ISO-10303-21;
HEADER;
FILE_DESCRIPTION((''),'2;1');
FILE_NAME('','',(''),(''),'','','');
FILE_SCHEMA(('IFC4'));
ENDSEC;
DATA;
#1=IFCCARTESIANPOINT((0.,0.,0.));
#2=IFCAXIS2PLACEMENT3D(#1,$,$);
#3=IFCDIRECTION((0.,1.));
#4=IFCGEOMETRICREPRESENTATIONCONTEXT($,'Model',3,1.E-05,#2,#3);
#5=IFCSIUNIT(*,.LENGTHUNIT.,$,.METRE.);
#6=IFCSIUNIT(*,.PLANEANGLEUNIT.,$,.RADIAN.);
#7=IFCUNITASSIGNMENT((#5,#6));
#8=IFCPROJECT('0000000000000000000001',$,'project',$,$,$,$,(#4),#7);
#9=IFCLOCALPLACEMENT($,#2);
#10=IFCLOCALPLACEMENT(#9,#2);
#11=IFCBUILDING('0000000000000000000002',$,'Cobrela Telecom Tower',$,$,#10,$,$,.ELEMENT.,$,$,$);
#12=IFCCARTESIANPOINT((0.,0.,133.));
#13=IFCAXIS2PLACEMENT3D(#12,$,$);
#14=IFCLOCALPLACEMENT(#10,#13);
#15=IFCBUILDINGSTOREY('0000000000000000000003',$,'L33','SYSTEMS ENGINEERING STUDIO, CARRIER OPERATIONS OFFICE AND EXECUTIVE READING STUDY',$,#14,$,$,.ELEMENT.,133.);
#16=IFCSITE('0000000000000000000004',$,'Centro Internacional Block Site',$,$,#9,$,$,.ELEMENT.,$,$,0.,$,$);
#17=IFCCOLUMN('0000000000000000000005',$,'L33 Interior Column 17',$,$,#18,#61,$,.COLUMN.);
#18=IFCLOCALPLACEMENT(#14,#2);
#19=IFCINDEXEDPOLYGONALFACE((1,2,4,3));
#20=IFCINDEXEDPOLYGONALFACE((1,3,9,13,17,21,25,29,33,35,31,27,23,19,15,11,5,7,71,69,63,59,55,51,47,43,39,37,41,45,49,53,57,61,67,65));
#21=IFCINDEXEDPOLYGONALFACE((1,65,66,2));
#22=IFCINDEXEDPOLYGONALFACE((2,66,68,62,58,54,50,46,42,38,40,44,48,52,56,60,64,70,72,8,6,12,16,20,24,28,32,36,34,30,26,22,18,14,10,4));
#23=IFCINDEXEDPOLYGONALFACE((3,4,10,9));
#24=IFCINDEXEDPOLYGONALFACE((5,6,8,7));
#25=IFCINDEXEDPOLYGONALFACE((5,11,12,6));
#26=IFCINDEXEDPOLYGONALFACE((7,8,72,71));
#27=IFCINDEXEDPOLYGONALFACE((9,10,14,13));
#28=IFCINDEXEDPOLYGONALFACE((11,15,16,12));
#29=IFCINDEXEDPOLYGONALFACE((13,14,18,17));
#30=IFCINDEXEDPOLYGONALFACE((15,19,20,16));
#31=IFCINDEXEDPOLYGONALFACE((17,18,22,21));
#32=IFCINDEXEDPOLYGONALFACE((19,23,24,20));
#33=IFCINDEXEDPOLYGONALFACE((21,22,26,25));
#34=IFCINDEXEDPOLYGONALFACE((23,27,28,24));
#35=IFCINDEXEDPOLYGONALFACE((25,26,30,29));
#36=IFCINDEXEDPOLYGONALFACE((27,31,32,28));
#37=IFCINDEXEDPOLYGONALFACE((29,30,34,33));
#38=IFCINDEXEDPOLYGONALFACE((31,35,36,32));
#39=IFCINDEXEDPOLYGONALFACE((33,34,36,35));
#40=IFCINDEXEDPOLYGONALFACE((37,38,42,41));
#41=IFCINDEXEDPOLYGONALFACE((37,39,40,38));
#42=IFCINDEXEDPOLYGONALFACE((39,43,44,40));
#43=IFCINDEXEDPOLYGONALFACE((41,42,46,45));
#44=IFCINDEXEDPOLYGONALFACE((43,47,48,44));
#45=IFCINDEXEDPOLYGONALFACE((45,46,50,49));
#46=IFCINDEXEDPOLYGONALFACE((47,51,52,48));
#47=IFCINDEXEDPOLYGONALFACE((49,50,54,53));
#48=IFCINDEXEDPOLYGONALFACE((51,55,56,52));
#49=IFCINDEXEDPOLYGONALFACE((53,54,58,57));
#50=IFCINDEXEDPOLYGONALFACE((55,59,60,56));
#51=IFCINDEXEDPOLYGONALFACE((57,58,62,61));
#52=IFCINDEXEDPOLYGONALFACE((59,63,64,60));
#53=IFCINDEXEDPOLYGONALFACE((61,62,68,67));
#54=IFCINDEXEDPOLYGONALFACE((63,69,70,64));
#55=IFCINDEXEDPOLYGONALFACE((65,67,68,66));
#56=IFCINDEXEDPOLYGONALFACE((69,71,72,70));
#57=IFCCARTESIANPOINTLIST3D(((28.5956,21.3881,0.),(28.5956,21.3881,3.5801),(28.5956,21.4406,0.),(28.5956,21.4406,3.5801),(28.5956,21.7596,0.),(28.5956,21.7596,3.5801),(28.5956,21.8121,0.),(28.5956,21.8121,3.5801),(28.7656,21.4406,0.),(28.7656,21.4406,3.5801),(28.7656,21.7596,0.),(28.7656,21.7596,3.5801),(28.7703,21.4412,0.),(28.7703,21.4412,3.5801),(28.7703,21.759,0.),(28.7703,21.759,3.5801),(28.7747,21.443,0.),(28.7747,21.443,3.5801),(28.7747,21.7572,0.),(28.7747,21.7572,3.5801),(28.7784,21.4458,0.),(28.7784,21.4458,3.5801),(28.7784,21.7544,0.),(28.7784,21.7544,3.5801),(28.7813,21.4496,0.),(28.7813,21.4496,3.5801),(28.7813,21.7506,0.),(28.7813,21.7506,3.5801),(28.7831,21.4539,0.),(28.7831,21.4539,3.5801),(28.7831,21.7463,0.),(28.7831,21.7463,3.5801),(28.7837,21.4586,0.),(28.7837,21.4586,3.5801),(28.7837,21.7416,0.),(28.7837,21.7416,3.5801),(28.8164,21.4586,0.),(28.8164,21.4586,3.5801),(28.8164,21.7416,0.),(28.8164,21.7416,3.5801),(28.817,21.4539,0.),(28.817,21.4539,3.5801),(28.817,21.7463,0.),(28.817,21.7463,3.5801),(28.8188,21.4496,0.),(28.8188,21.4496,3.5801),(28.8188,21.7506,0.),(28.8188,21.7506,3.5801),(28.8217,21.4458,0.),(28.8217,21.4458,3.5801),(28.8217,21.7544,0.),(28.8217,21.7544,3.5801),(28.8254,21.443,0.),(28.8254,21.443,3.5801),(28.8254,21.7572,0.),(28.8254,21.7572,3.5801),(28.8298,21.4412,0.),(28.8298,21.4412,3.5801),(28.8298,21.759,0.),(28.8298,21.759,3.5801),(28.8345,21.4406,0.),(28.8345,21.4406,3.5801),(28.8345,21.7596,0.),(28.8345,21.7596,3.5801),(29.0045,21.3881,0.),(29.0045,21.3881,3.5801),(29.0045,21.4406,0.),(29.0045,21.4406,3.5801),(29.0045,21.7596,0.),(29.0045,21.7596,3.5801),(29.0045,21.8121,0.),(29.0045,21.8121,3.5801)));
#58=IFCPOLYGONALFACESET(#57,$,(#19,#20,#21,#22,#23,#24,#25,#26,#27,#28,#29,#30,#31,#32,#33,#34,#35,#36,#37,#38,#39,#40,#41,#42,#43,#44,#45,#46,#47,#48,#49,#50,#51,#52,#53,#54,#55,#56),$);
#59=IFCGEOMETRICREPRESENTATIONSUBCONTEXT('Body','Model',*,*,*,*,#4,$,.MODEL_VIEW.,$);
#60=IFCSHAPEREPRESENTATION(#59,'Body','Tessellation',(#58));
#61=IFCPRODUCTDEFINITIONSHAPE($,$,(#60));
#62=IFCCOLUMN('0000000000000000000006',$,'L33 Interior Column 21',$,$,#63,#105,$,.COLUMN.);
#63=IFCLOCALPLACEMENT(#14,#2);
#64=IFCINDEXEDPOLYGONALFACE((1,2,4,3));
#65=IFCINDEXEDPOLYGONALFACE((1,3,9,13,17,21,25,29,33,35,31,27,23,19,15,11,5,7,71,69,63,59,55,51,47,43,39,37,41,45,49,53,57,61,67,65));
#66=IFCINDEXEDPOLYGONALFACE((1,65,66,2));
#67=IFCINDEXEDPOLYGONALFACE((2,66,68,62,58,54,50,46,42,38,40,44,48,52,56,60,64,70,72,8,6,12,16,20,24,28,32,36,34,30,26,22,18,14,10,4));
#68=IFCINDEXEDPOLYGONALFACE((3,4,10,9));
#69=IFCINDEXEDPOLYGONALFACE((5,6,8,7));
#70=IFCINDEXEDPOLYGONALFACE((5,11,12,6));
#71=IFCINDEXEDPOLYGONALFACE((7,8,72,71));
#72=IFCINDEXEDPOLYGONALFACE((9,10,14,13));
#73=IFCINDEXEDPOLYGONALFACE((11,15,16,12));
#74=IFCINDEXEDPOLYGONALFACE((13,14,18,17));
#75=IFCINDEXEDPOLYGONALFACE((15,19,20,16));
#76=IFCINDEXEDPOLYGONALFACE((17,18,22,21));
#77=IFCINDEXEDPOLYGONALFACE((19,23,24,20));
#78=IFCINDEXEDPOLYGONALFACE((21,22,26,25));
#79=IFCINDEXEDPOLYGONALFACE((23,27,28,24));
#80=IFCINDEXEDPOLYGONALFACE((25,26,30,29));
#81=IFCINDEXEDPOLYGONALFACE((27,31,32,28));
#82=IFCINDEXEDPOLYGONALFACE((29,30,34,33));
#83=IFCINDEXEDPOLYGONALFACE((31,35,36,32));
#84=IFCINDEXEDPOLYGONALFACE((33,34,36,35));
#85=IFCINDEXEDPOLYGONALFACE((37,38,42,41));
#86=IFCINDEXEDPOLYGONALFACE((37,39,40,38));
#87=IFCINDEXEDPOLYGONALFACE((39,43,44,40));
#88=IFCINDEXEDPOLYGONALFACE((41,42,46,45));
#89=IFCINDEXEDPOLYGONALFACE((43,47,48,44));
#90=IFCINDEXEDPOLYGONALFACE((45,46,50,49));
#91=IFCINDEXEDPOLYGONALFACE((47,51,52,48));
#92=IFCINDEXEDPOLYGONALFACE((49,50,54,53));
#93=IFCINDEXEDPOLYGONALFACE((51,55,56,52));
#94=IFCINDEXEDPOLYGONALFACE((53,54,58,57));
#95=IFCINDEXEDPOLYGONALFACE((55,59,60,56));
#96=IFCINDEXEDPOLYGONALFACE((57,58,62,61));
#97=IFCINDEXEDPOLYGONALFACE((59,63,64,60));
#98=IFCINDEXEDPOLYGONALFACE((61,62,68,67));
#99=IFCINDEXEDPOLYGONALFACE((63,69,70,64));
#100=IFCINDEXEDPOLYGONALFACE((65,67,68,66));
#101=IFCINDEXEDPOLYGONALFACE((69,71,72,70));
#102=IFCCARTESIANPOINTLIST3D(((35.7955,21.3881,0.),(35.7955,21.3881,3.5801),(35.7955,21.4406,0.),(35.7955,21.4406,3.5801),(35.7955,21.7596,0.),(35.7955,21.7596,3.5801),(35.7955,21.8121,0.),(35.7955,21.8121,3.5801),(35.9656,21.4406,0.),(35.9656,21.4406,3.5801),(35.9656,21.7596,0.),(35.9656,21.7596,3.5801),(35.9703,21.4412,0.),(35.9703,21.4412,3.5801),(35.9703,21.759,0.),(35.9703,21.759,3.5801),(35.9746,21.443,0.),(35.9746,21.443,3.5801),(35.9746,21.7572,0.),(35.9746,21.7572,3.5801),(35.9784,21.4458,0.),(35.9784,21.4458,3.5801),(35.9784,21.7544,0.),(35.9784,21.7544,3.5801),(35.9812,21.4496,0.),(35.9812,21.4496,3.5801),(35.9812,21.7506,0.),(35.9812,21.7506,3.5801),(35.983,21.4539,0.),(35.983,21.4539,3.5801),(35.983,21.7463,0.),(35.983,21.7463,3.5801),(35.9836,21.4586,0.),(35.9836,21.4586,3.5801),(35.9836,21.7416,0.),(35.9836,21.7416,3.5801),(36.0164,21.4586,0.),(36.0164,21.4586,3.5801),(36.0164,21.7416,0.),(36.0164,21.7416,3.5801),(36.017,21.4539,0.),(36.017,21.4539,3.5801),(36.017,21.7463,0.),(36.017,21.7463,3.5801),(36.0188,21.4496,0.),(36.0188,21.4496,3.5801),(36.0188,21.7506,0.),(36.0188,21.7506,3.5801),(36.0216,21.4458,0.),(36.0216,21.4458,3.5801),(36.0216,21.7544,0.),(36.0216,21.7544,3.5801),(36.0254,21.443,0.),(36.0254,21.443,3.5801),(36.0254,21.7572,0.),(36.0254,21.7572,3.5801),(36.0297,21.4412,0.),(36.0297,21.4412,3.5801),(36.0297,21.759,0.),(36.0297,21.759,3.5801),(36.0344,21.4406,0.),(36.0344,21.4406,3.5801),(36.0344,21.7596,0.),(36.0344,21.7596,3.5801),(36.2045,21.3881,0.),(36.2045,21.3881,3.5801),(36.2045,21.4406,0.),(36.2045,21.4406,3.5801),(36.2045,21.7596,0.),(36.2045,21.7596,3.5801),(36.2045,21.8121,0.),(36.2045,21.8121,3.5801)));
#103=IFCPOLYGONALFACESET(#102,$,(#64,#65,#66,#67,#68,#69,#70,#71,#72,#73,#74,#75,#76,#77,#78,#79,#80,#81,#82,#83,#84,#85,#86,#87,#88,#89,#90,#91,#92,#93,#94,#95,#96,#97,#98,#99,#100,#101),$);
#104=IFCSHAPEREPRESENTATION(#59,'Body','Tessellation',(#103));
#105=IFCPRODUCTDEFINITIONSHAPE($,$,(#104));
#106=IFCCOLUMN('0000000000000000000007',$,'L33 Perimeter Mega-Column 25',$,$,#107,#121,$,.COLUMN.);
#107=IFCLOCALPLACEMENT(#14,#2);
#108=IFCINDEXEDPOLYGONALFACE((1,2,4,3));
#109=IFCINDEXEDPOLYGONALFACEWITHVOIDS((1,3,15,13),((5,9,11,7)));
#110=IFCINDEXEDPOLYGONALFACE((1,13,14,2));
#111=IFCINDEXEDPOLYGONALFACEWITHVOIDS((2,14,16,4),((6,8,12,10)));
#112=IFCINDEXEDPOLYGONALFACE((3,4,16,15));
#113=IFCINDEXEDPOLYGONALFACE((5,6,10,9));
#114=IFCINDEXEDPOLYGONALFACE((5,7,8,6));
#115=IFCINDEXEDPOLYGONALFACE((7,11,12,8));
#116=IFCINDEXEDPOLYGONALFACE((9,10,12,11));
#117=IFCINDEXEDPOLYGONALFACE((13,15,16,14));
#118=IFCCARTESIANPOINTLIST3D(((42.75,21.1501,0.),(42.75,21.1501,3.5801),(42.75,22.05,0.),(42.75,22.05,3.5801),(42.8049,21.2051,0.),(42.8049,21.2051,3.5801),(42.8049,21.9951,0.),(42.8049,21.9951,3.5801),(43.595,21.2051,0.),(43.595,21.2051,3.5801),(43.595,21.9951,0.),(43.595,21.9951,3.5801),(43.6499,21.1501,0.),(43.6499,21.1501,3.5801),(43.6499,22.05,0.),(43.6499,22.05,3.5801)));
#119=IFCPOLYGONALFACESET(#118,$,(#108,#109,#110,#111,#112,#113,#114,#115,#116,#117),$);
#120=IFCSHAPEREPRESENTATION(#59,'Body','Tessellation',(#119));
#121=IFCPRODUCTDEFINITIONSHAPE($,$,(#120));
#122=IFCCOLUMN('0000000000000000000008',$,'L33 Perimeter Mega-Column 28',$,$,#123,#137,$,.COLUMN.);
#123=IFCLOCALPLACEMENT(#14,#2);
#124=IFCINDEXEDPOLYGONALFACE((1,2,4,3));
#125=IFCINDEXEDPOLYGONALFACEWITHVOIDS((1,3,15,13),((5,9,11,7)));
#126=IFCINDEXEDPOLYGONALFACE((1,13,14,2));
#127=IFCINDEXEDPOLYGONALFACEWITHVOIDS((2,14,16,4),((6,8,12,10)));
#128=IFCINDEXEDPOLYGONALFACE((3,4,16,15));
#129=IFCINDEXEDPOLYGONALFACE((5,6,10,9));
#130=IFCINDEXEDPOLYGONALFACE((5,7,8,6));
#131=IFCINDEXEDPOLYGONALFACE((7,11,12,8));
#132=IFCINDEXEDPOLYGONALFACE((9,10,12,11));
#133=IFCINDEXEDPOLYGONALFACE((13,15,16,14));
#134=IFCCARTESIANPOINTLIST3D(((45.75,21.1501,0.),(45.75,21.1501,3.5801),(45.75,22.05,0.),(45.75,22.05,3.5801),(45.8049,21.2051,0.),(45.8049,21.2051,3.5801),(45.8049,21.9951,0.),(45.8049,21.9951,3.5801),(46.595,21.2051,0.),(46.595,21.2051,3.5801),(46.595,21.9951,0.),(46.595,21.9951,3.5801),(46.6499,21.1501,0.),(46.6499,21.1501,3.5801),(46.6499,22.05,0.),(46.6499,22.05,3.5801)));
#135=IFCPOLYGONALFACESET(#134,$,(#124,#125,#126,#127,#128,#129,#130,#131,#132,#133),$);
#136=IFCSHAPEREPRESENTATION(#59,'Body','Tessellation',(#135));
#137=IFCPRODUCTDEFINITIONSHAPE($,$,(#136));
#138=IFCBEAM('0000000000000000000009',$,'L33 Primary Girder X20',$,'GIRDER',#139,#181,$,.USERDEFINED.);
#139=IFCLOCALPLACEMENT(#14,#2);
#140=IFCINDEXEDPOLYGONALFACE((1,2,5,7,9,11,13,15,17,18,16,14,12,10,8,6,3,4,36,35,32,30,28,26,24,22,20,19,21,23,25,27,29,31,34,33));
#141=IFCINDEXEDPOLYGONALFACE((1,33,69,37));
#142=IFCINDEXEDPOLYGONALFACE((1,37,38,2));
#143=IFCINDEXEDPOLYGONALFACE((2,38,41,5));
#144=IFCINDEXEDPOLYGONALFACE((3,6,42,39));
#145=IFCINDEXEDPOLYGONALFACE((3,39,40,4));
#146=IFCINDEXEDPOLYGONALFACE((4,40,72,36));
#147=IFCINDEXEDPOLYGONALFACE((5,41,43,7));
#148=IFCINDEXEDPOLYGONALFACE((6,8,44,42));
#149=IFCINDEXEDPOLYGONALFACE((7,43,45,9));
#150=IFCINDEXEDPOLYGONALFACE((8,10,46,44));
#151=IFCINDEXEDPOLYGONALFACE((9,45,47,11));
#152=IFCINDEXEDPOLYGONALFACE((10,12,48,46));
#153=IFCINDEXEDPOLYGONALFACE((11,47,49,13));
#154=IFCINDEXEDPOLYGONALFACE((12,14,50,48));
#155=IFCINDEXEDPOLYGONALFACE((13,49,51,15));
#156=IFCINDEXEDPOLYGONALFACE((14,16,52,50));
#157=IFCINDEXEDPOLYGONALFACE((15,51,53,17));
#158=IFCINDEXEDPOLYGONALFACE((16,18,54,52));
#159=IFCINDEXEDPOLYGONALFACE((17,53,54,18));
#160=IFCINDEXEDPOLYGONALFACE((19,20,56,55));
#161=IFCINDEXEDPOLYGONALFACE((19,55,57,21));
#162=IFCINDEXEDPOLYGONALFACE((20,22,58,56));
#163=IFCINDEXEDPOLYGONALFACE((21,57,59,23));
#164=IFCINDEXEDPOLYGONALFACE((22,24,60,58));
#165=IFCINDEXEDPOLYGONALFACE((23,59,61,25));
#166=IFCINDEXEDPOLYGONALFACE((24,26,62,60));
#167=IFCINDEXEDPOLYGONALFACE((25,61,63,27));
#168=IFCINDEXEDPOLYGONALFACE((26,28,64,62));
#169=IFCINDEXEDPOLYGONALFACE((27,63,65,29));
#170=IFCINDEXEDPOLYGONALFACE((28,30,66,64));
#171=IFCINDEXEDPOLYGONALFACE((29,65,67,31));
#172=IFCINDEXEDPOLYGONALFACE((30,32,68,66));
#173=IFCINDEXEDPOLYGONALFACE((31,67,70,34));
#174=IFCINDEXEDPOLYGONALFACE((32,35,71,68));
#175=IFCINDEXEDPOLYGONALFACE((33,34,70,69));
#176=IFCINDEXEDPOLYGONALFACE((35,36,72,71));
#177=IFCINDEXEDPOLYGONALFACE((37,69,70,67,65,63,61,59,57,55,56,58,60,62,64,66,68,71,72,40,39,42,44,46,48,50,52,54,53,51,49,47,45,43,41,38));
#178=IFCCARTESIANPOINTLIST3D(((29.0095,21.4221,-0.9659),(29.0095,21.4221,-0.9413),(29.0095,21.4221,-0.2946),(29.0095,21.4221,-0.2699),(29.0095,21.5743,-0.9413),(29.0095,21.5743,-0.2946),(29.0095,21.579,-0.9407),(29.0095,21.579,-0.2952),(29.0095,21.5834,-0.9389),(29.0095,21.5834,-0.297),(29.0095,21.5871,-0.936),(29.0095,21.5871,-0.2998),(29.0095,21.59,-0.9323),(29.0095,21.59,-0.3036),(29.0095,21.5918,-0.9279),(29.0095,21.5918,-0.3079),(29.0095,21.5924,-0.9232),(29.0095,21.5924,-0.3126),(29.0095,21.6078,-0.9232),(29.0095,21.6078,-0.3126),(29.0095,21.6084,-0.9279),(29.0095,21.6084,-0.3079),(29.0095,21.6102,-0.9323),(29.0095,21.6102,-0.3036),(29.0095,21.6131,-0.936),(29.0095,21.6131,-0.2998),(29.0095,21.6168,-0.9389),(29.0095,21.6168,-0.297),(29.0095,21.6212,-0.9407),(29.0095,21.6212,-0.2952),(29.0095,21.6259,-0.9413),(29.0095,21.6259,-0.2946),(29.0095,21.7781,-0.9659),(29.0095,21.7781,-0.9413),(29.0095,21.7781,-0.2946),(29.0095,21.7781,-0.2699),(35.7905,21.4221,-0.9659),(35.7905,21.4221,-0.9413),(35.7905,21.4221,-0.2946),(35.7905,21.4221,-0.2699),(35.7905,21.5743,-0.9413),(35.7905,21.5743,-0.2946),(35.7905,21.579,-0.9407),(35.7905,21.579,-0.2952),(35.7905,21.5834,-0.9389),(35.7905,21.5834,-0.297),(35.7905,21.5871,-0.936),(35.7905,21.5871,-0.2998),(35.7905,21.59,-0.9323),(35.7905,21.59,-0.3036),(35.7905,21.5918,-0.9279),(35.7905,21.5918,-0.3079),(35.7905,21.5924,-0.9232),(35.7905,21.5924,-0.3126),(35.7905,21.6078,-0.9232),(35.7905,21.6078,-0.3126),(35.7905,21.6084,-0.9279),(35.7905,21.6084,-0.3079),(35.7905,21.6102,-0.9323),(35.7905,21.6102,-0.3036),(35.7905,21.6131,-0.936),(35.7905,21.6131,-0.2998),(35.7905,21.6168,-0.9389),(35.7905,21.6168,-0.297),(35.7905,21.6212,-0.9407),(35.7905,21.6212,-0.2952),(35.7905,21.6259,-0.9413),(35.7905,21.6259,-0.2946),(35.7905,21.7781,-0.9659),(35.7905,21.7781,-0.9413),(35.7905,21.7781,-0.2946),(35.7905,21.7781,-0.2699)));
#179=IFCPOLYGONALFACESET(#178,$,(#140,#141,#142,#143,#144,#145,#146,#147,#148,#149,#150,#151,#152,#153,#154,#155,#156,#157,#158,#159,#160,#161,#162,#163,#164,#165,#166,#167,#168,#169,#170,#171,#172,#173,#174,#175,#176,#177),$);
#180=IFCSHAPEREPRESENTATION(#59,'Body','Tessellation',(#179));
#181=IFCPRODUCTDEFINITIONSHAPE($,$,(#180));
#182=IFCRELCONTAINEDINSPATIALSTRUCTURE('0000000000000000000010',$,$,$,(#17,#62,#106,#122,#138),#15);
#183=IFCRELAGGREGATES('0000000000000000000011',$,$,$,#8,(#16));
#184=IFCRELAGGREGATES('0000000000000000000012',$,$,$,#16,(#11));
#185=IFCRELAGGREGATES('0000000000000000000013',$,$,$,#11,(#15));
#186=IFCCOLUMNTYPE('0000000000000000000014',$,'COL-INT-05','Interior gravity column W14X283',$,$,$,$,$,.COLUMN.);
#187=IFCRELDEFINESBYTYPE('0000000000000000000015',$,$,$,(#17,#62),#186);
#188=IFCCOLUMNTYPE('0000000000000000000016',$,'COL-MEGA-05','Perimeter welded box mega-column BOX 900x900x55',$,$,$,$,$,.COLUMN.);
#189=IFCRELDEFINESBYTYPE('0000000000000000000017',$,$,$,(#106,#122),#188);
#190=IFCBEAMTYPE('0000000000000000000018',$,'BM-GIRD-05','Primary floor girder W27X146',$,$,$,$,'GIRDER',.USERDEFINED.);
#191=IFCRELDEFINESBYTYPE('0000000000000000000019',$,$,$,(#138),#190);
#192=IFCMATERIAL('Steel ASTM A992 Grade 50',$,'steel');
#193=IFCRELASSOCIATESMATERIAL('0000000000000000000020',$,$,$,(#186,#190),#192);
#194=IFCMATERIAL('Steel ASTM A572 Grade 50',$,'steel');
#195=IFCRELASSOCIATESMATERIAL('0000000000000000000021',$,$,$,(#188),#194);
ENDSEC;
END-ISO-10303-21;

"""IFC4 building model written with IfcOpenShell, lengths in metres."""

from ifc_helpers import new_model, si_unit, direction, frame, origin, origin_2d, place, context, subcontext, project, spatial, hollow_rectangle, i_section, extrude, material, material_profile, profile_set, type_object, element, save


model = new_model("IFC4")

# Units and contexts
model_context = context("Model", 3, precision=1e-05, world=origin(), true_north=direction((0.0, 1.0)))
body_context = subcontext(model_context, "Body", "Model", "MODEL_VIEW")
ifc_project = project(units=[si_unit("LENGTHUNIT", "METRE"), si_unit("PLANEANGLEUNIT", "RADIAN")], contexts=[model_context])

# Site, building, storey
site_placement = place(None, origin())
site = spatial("IfcSite", under=ifc_project, at=site_placement, Name="Centro Internacional Block Site", CompositionType="ELEMENT", RefElevation=0.0)
building_placement = place(site_placement, origin())
building = spatial("IfcBuilding", under=site, at=building_placement, Name="Cobrela Telecom Tower", CompositionType="ELEMENT")
storey_placement = place(building_placement, frame((0.0, 0.0, 133.0)))
storey = spatial("IfcBuildingStorey", under=building, at=storey_placement, Name="L33", Description="SYSTEMS ENGINEERING STUDIO, CARRIER OPERATIONS OFFICE AND EXECUTIVE READING STUDY", CompositionType="ELEMENT", Elevation=133.0)

# Columns
ifc_material_1 = material(Name="Steel ASTM A992 Grade 50", Category="steel")
ifc_material_profile_1 = material_profile(ifc_material_1, i_section(OverallWidth=0.4089, OverallDepth=0.4241, WebThickness=0.0327, FlangeThickness=0.0525, FilletRadius=0.0181, at=origin_2d()), Name="W14X283")
ifc_profile_set_1 = profile_set([ifc_material_profile_1], Name="Steel ASTM A992 Grade 50")
column_type_1 = type_object("IfcColumnType", Name="COL-INT-05", Description="Interior gravity column W14X283", PredefinedType="COLUMN", material=ifc_profile_set_1)
for number, where, z_axis, x_axis, name in (
    (1, (28.8, 21.6001, 0.0), (0.0, 0.0, 1.0), (1.0, 0.0, 0.0), "L33 Interior Column 17"),
    (2, (36.0, 21.6001, 0.0), (0.0, 0.0, 1.0), (1.0, 0.0, 0.0), "L33 Interior Column 21"),
):
    element("IfcColumn", number, at=place(storey_placement, frame(where, z_axis=z_axis, x_axis=x_axis)), inside=storey, type_object=column_type_1, Name=name, PredefinedType="COLUMN", context=body_context, shape_type="SweptSolid", body=[
        extrude(i_section(OverallWidth=0.4089, OverallDepth=0.4241, WebThickness=0.0327, FlangeThickness=0.0525, FilletRadius=0.0181, at=origin_2d()), origin(), (0.0, 0.0, 1.0), 3.5801),
    ])
ifc_material_2 = material(Name="Steel ASTM A572 Grade 50", Category="steel")
ifc_material_profile_2 = material_profile(ifc_material_2, hollow_rectangle(XDim=0.8999, YDim=0.8999, WallThickness=0.0549, at=origin_2d()), Name="BOX 900x900x55")
ifc_profile_set_2 = profile_set([ifc_material_profile_2], Name="Steel ASTM A572 Grade 50")
column_type_2 = type_object("IfcColumnType", Name="COL-MEGA-05", Description="Perimeter welded box mega-column BOX 900x900x55", PredefinedType="COLUMN", material=ifc_profile_set_2)
for number, where, z_axis, x_axis, name in (
    (3, (43.2, 21.6001, 0.0), (0.0, 0.0, 1.0), (1.0, 0.0, 0.0), "L33 Perimeter Mega-Column 25"),
    (4, (46.2, 21.6001, 0.0), (0.0, 0.0, 1.0), (1.0, 0.0, 0.0), "L33 Perimeter Mega-Column 28"),
):
    element("IfcColumn", number, at=place(storey_placement, frame(where, z_axis=z_axis, x_axis=x_axis)), inside=storey, type_object=column_type_2, Name=name, PredefinedType="COLUMN", context=body_context, shape_type="SweptSolid", body=[
        extrude(hollow_rectangle(XDim=0.8999, YDim=0.8999, WallThickness=0.0549, at=origin_2d()), origin(), (0.0, 0.0, 1.0), 3.5801),
    ])

# Beam
ifc_material_profile_3 = material_profile(ifc_material_1, i_section(OverallWidth=0.356, OverallDepth=0.696, WebThickness=0.0154, FlangeThickness=0.0247, FilletRadius=0.0181, at=origin_2d()), Name="W27X146")
ifc_profile_set_3 = profile_set([ifc_material_profile_3], Name="Steel ASTM A992 Grade 50")
beam_type_1 = type_object("IfcBeamType", Name="BM-GIRD-05", Description="Primary floor girder W27X146", ElementType="GIRDER", PredefinedType="USERDEFINED", material=ifc_profile_set_3)
beam_1_placement = place(storey_placement, frame((29.0095, 21.6001, -0.6179), z_axis=(1.0, 0.0, 0.0), x_axis=(0.0, 1.0, 0.0)))
element("IfcBeam", 5, at=beam_1_placement, inside=storey, type_object=beam_type_1, Name="L33 Primary Girder X20", ObjectType="GIRDER", PredefinedType="USERDEFINED", context=body_context, shape_type="SweptSolid", body=[
    extrude(i_section(OverallWidth=0.356, OverallDepth=0.696, WebThickness=0.0154, FlangeThickness=0.0247, FilletRadius=0.0181, at=origin_2d()), origin(), (0.0, 0.0, 1.0), 6.781),
])

save(model, "model.ifc")
